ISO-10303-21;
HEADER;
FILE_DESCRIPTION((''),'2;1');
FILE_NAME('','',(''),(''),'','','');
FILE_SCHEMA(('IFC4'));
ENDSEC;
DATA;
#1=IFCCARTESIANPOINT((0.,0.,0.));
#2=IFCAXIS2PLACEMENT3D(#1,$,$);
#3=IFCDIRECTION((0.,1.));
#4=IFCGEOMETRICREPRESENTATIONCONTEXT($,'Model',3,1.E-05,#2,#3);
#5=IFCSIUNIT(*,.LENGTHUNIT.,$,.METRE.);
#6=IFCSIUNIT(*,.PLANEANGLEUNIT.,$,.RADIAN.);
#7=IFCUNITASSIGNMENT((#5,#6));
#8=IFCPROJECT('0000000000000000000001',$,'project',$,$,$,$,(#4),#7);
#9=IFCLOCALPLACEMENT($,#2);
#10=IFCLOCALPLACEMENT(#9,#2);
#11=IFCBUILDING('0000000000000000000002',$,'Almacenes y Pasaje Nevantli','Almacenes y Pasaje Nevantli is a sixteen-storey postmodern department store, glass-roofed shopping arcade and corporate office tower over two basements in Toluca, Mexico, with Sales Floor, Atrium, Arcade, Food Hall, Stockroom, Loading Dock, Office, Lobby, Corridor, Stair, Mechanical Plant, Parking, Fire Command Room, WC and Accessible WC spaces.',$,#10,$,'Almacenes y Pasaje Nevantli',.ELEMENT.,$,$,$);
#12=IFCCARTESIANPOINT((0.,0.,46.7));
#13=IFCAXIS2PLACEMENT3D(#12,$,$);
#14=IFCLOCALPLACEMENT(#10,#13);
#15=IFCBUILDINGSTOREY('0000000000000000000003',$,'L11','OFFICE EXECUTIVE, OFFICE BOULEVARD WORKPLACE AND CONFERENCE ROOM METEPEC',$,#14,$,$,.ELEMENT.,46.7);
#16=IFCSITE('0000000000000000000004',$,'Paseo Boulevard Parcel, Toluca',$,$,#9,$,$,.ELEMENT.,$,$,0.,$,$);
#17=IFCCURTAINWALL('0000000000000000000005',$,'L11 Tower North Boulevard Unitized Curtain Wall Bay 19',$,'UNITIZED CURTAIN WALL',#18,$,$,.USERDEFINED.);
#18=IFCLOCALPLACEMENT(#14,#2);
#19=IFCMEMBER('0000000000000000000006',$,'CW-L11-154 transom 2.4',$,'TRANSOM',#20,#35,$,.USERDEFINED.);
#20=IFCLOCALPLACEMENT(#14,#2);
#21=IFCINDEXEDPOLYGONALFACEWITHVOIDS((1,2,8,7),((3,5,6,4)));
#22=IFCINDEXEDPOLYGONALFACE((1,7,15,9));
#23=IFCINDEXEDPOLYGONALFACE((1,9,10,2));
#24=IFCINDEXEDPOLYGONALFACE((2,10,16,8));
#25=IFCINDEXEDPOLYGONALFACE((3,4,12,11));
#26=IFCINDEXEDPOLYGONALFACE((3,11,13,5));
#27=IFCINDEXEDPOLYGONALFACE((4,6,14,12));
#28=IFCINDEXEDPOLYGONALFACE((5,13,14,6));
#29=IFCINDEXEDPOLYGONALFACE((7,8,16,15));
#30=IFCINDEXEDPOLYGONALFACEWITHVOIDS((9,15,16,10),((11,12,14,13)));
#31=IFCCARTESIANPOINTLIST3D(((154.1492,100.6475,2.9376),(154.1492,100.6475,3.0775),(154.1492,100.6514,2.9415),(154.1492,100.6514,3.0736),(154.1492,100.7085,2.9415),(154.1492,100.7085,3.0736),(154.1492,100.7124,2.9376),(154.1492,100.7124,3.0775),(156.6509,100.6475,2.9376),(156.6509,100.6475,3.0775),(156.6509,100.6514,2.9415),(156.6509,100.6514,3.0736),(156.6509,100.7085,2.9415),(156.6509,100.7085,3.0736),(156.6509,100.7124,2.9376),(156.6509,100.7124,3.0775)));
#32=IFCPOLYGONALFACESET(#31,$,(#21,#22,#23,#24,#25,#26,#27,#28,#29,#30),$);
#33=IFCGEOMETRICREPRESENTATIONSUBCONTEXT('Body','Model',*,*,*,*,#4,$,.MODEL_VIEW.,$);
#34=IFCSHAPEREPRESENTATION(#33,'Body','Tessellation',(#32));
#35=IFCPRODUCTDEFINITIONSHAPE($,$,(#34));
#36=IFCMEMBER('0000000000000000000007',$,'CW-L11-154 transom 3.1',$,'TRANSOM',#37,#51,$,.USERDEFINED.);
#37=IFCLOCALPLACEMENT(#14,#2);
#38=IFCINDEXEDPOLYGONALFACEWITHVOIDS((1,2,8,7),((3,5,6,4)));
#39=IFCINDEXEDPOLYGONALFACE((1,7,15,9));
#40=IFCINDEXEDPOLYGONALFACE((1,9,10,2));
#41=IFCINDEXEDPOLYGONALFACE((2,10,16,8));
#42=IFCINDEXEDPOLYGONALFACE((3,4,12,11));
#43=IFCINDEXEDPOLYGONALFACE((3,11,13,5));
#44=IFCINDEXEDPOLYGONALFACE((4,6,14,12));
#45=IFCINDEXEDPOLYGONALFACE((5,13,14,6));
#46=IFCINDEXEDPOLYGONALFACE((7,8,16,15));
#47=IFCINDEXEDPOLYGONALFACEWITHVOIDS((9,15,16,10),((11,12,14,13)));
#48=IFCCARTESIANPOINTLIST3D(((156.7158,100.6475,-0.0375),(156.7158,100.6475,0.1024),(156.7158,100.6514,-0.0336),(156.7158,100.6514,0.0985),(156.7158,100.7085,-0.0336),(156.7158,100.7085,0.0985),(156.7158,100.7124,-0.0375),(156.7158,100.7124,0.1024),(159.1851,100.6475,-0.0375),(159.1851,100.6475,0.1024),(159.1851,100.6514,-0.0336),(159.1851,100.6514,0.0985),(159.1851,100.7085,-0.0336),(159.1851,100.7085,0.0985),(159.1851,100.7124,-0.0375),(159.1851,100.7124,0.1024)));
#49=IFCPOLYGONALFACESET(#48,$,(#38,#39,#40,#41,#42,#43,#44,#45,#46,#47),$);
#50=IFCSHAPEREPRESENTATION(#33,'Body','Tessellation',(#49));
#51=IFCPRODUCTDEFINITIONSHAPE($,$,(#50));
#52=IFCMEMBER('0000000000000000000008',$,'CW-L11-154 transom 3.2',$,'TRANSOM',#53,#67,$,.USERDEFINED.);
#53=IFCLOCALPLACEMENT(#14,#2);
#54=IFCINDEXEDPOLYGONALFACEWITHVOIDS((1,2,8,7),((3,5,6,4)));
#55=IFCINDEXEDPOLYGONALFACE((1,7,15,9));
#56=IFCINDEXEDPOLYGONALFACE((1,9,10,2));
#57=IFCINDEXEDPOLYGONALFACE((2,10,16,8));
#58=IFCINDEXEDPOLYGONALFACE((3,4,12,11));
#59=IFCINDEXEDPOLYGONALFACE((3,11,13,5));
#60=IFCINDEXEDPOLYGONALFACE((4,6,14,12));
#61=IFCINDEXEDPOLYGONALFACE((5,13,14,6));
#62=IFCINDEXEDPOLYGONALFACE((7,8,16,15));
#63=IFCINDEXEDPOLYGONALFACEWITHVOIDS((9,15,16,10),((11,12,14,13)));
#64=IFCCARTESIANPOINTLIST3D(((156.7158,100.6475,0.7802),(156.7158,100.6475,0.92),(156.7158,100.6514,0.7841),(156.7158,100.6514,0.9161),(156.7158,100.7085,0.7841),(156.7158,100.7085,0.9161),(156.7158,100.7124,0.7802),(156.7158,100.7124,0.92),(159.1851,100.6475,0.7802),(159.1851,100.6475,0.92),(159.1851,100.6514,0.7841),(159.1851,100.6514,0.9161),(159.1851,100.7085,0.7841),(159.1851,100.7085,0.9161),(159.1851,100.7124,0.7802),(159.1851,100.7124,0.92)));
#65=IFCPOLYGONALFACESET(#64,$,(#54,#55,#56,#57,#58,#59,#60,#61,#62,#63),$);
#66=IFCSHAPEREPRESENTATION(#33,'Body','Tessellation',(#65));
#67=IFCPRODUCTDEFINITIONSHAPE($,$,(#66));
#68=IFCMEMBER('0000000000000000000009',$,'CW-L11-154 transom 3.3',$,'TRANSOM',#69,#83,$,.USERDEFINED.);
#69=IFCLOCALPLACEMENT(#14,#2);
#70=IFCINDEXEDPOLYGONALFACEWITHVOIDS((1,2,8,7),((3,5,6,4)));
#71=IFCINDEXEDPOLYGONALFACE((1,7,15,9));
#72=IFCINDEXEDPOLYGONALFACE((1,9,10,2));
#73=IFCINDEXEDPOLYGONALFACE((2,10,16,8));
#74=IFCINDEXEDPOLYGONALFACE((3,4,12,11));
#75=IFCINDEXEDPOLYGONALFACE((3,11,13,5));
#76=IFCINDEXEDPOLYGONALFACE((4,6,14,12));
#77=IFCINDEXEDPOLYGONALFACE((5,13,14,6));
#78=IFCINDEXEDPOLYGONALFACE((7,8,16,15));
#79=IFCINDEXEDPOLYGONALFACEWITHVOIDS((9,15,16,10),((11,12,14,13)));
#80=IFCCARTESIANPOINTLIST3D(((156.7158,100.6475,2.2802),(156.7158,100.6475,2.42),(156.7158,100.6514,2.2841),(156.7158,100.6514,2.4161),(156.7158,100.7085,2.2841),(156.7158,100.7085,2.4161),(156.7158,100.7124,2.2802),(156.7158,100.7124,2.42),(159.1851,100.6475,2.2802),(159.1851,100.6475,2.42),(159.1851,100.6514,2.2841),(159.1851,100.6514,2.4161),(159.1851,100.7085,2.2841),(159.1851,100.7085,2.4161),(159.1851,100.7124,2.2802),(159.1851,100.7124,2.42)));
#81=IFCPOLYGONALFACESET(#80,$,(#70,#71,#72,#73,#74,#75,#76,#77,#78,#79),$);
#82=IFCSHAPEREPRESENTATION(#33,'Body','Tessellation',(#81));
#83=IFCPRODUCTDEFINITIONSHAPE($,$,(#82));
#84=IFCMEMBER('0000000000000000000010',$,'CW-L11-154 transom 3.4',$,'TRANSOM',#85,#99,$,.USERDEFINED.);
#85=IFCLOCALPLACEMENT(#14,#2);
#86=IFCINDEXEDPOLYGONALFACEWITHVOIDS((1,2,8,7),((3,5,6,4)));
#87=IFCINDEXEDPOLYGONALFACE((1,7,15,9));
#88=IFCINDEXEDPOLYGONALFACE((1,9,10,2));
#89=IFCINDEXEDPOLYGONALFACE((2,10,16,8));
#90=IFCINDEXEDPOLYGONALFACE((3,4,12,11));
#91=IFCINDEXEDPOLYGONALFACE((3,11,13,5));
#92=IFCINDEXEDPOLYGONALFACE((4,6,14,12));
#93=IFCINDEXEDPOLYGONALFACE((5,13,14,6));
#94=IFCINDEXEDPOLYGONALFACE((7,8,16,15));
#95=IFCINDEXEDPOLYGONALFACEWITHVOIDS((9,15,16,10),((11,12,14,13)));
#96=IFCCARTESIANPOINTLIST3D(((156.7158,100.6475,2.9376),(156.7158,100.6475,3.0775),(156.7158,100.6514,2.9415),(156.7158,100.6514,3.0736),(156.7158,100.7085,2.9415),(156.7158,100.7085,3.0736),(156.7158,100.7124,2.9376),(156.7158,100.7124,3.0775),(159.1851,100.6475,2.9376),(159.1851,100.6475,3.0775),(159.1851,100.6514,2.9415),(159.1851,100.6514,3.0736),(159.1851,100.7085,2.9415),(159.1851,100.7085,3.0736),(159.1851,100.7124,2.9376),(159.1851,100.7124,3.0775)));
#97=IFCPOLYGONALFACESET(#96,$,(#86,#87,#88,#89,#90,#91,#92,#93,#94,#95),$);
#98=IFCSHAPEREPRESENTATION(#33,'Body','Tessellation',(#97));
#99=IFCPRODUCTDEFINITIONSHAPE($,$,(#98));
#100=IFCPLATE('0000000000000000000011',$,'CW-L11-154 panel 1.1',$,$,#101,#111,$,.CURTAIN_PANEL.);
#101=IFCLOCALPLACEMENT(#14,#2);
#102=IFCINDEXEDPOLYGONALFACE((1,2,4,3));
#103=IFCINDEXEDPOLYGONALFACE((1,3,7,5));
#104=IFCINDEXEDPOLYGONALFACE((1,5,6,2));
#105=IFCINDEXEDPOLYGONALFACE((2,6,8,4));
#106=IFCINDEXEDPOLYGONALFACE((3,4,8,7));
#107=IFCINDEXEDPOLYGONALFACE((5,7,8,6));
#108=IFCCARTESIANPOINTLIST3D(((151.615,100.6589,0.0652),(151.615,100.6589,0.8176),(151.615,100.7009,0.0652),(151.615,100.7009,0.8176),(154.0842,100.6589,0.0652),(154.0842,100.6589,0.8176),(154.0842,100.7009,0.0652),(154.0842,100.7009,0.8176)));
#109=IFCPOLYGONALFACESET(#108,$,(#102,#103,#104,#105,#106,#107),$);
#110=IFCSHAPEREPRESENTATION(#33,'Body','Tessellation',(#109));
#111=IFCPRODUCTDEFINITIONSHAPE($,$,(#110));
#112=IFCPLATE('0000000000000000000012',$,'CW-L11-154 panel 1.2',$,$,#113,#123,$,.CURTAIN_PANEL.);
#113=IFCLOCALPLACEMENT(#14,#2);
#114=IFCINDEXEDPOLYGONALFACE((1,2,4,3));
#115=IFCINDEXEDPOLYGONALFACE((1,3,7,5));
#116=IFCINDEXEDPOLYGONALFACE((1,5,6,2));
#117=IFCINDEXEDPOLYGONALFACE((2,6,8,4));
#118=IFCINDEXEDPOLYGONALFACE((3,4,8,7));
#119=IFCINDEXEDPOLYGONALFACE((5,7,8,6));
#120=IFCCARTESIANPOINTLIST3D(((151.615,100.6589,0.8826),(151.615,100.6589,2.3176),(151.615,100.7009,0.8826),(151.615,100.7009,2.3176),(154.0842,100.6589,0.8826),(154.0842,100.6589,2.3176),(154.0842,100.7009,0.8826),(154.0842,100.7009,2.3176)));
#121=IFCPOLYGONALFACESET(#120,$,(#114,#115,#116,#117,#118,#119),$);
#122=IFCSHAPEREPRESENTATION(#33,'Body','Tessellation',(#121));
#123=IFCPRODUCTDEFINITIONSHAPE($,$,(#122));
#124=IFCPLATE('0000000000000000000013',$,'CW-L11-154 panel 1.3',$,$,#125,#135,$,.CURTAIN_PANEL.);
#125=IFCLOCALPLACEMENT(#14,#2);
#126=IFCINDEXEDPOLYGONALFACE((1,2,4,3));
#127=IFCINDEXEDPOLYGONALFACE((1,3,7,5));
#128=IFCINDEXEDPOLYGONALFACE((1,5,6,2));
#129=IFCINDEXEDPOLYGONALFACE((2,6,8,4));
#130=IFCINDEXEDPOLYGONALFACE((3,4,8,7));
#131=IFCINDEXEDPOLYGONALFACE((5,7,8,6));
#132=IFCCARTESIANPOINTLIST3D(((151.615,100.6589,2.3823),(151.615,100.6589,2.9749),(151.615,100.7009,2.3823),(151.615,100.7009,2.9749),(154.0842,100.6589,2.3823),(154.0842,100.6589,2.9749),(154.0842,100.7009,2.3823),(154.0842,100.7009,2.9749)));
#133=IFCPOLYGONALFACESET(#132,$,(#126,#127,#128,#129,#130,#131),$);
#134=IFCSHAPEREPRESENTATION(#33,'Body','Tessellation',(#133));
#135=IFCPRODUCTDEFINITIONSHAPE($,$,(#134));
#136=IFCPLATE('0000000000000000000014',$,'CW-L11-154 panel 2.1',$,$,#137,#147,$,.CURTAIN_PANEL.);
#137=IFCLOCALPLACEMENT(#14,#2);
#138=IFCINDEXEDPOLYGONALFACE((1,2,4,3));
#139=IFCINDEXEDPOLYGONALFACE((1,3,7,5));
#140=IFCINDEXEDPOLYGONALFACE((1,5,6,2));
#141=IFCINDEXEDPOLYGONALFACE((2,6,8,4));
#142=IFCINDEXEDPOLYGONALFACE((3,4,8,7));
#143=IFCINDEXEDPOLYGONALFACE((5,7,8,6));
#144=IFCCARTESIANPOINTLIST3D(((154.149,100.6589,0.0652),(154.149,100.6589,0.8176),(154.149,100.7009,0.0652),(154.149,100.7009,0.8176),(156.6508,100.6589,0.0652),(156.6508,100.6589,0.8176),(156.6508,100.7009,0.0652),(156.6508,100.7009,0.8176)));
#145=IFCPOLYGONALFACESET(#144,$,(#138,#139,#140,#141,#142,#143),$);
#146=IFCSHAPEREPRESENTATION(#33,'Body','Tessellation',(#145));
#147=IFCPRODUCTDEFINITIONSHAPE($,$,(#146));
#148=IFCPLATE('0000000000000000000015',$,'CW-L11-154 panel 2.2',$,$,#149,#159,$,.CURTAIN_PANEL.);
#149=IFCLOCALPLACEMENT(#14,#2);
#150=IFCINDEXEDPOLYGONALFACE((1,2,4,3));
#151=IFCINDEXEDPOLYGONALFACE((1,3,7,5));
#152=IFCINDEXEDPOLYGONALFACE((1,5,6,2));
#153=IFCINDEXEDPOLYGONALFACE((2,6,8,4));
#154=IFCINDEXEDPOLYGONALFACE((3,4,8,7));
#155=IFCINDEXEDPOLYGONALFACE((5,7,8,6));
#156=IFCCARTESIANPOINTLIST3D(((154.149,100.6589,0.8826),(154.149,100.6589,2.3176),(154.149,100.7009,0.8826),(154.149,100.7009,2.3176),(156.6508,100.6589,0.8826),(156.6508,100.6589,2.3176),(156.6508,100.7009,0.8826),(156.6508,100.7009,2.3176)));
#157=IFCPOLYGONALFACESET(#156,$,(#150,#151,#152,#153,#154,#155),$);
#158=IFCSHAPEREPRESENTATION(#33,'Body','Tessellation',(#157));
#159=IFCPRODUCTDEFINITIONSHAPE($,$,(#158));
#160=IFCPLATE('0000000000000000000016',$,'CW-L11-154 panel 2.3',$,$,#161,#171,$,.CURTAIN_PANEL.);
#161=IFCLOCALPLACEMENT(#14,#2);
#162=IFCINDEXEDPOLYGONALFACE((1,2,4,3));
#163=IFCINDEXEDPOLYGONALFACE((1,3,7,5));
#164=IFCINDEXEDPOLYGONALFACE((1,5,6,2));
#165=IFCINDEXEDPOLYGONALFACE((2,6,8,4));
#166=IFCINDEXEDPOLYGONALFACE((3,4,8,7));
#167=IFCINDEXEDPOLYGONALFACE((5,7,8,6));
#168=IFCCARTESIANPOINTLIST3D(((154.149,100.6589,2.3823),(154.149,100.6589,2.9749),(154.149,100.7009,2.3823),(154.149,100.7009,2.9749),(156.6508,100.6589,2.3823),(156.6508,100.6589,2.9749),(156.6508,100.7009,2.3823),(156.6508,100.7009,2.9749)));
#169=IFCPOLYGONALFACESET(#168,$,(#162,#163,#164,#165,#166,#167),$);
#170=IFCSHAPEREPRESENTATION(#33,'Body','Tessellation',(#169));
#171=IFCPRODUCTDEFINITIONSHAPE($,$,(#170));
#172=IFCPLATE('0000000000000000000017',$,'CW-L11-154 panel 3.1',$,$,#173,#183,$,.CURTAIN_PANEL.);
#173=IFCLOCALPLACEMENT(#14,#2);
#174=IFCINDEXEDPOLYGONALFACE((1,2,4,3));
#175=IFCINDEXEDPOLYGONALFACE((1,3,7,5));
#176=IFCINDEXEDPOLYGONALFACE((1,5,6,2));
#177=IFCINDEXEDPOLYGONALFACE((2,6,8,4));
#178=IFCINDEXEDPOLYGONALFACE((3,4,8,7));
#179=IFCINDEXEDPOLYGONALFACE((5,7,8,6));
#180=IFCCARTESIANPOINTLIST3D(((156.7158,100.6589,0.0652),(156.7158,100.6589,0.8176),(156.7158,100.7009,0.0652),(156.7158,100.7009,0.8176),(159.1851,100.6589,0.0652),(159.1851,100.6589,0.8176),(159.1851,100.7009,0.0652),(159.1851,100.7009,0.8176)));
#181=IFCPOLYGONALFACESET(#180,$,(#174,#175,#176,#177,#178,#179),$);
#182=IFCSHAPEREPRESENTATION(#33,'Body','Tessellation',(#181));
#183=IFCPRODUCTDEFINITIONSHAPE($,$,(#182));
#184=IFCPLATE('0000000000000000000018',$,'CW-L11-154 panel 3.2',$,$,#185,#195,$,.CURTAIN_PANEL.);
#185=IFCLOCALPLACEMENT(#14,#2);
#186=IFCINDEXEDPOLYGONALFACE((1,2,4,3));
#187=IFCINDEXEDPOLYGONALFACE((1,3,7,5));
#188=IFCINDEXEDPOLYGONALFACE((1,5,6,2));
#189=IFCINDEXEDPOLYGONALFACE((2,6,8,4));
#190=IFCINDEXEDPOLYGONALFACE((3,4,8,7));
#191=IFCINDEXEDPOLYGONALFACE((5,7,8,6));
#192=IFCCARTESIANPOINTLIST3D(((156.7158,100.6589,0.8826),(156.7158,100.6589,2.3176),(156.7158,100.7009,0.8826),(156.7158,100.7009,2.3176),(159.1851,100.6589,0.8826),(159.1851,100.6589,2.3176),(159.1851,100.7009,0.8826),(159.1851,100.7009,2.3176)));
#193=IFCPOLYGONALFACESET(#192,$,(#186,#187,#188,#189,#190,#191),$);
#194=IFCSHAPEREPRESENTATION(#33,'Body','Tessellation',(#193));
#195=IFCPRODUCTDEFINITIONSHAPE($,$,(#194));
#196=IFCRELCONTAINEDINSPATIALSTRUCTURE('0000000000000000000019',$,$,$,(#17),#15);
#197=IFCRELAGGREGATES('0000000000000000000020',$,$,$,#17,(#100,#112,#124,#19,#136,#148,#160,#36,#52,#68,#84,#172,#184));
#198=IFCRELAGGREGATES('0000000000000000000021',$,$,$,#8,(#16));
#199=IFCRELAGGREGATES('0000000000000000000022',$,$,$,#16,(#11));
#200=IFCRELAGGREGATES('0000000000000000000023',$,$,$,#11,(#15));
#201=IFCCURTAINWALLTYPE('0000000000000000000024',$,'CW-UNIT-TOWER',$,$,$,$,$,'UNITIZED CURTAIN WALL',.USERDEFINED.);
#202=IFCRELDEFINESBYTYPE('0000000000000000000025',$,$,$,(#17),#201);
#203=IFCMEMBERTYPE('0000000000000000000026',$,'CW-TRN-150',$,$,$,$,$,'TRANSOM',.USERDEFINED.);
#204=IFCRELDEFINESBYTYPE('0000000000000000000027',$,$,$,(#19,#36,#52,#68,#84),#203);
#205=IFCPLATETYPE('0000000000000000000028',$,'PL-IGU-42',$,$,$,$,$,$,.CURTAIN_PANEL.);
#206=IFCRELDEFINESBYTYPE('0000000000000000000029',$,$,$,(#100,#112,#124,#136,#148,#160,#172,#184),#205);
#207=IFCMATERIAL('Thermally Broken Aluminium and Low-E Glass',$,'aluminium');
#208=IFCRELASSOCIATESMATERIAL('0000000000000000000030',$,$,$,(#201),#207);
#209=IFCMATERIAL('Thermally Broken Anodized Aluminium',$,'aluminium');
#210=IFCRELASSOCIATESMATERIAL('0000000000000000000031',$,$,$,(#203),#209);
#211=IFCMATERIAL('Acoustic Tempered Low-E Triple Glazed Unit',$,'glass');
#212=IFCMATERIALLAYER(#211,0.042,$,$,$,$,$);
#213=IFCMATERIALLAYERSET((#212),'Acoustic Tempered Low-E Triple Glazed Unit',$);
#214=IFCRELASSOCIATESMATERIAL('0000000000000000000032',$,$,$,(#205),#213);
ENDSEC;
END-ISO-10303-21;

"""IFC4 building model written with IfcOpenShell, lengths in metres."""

from ifc_helpers import new_model, si_unit, direction, frame, origin, origin_2d, place, context, subcontext, project, spatial, rectangle, hollow_rectangle, extrude, material, layer, layer_set, material_profile, profile_set, type_object, element, aggregate, save


model = new_model("IFC4")

# Units and contexts
model_context = context("Model", 3, precision=1e-05, world=origin(), true_north=direction((0.0, 1.0)))
body_context = subcontext(model_context, "Body", "Model", "MODEL_VIEW")
ifc_project = project(units=[si_unit("LENGTHUNIT", "METRE"), si_unit("PLANEANGLEUNIT", "RADIAN")], contexts=[model_context])

# Site, building, storey
site_placement = place(None, origin())
site = spatial("IfcSite", under=ifc_project, at=site_placement, Name="Paseo Boulevard Parcel, Toluca", CompositionType="ELEMENT", RefElevation=0.0)
building_placement = place(site_placement, origin())
building = spatial("IfcBuilding", under=site, at=building_placement, Name="Almacenes y Pasaje Nevantli", Description="Almacenes y Pasaje Nevantli is a sixteen-storey postmodern department store, glass-roofed shopping arcade and corporate office tower over two basements in Toluca, Mexico, with Sales Floor, Atrium, Arcade, Food Hall, Stockroom, Loading Dock, Office, Lobby, Corridor, Stair, Mechanical Plant, Parking, Fire Command Room, WC and Accessible WC spaces.", LongName="Almacenes y Pasaje Nevantli", CompositionType="ELEMENT")
storey_placement = place(building_placement, frame((0.0, 0.0, 46.7)))
storey = spatial("IfcBuildingStorey", under=building, at=storey_placement, Name="L11", Description="OFFICE EXECUTIVE, OFFICE BOULEVARD WORKPLACE AND CONFERENCE ROOM METEPEC", CompositionType="ELEMENT", Elevation=46.7)

# Shared definitions
ifc_material_1 = material(Name="Thermally Broken Aluminium and Low-E Glass", Category="aluminium")
curtain_wall_type = type_object("IfcCurtainWallType", Name="CW-UNIT-TOWER", ElementType="UNITIZED CURTAIN WALL", PredefinedType="USERDEFINED", material=ifc_material_1)

# Curtain wall, members, plates
curtain_wall_1_placement = place(storey_placement, origin())
curtain_wall_1 = element("IfcCurtainWall", 1, at=curtain_wall_1_placement, inside=storey, type_object=curtain_wall_type, Name="L11 Tower North Boulevard Unitized Curtain Wall Bay 19", ObjectType="UNITIZED CURTAIN WALL", PredefinedType="USERDEFINED")
ifc_material_2 = material(Name="Thermally Broken Anodized Aluminium", Category="aluminium")
ifc_material_profile_1 = material_profile(ifc_material_2, hollow_rectangle(XDim=0.0649, YDim=0.1399, WallThickness=0.0039, at=origin_2d()), Name="ALU-TRN-65x140")
ifc_profile_set_1 = profile_set([ifc_material_profile_1], Name="Thermally Broken Anodized Aluminium")
member_type_1 = type_object("IfcMemberType", Name="CW-TRN-150", ElementType="TRANSOM", PredefinedType="USERDEFINED", material=ifc_profile_set_1)
member_1_placement = place(storey_placement, frame((154.1492, 100.6799, 3.0076), z_axis=(1.0, 0.0, 0.0), x_axis=(0.0, 1.0, 0.0)))
member_1 = element("IfcMember", 2, at=member_1_placement, type_object=member_type_1, Name="CW-L11-154 transom 2.4", ObjectType="TRANSOM", PredefinedType="USERDEFINED", context=body_context, shape_type="SweptSolid", body=[
    extrude(hollow_rectangle(XDim=0.0649, YDim=0.1399, WallThickness=0.0039, at=origin_2d()), origin(), (0.0, 0.0, 1.0), 2.5017),
])
member_2_placement = place(storey_placement, frame((156.7158, 100.6799, 0.0325), z_axis=(1.0, 0.0, 0.0), x_axis=(0.0, 1.0, 0.0)))
member_2 = element("IfcMember", 3, at=member_2_placement, type_object=member_type_1, Name="CW-L11-154 transom 3.1", ObjectType="TRANSOM", PredefinedType="USERDEFINED", context=body_context, shape_type="SweptSolid", body=[
    extrude(hollow_rectangle(XDim=0.0649, YDim=0.1399, WallThickness=0.0039, at=origin_2d()), origin(), (0.0, 0.0, 1.0), 2.4692),
])
member_3_placement = place(storey_placement, frame((156.7158, 100.6799, 0.8501), z_axis=(1.0, 0.0, 0.0), x_axis=(0.0, 1.0, 0.0)))
member_3 = element("IfcMember", 4, at=member_3_placement, type_object=member_type_1, Name="CW-L11-154 transom 3.2", ObjectType="TRANSOM", PredefinedType="USERDEFINED", context=body_context, shape_type="SweptSolid", body=[
    extrude(hollow_rectangle(XDim=0.0649, YDim=0.1399, WallThickness=0.0039, at=origin_2d()), origin(), (0.0, 0.0, 1.0), 2.4692),
])
member_4_placement = place(storey_placement, frame((156.7158, 100.6799, 2.3501), z_axis=(1.0, 0.0, 0.0), x_axis=(0.0, 1.0, 0.0)))
member_4 = element("IfcMember", 5, at=member_4_placement, type_object=member_type_1, Name="CW-L11-154 transom 3.3", ObjectType="TRANSOM", PredefinedType="USERDEFINED", context=body_context, shape_type="SweptSolid", body=[
    extrude(hollow_rectangle(XDim=0.0649, YDim=0.1399, WallThickness=0.0039, at=origin_2d()), origin(), (0.0, 0.0, 1.0), 2.4692),
])
member_5_placement = place(storey_placement, frame((156.7158, 100.6799, 3.0076), z_axis=(1.0, 0.0, 0.0), x_axis=(0.0, 1.0, 0.0)))
member_5 = element("IfcMember", 6, at=member_5_placement, type_object=member_type_1, Name="CW-L11-154 transom 3.4", ObjectType="TRANSOM", PredefinedType="USERDEFINED", context=body_context, shape_type="SweptSolid", body=[
    extrude(hollow_rectangle(XDim=0.0649, YDim=0.1399, WallThickness=0.0039, at=origin_2d()), origin(), (0.0, 0.0, 1.0), 2.4692),
])
ifc_material_3 = material(Name="Acoustic Tempered Low-E Triple Glazed Unit", Category="glass")
ifc_layer = layer(ifc_material_3, 0.042)
ifc_layer_set = layer_set([ifc_layer], Name="Acoustic Tempered Low-E Triple Glazed Unit")
plate_type = type_object("IfcPlateType", Name="PL-IGU-42", PredefinedType="CURTAIN_PANEL", material=ifc_layer_set)
plate_1_placement = place(storey_placement, frame((152.8496, 100.6799, 0.0652), z_axis=(0.0, 0.0, 1.0), x_axis=(1.0, 0.0, 0.0)))
plate_1 = element("IfcPlate", 7, at=plate_1_placement, type_object=plate_type, Name="CW-L11-154 panel 1.1", PredefinedType="CURTAIN_PANEL", context=body_context, shape_type="SweptSolid", body=[
    extrude(rectangle(XDim=2.4692, YDim=0.042, at=origin_2d()), origin(), (0.0, 0.0, 1.0), 0.7524),
])
plate_2_placement = place(storey_placement, frame((152.8496, 100.6799, 0.8826), z_axis=(0.0, 0.0, 1.0), x_axis=(1.0, 0.0, 0.0)))
plate_2 = element("IfcPlate", 8, at=plate_2_placement, type_object=plate_type, Name="CW-L11-154 panel 1.2", PredefinedType="CURTAIN_PANEL", context=body_context, shape_type="SweptSolid", body=[
    extrude(rectangle(XDim=2.4692, YDim=0.042, at=origin_2d()), origin(), (0.0, 0.0, 1.0), 1.4351),
])
plate_3_placement = place(storey_placement, frame((152.8496, 100.6799, 2.3823), z_axis=(0.0, 0.0, 1.0), x_axis=(1.0, 0.0, 0.0)))
plate_3 = element("IfcPlate", 9, at=plate_3_placement, type_object=plate_type, Name="CW-L11-154 panel 1.3", PredefinedType="CURTAIN_PANEL", context=body_context, shape_type="SweptSolid", body=[
    extrude(rectangle(XDim=2.4692, YDim=0.042, at=origin_2d()), origin(), (0.0, 0.0, 1.0), 0.5925),
])
plate_4_placement = place(storey_placement, frame((155.3999, 100.6799, 0.0652), z_axis=(0.0, 0.0, 1.0), x_axis=(1.0, 0.0, 0.0)))
plate_4 = element("IfcPlate", 10, at=plate_4_placement, type_object=plate_type, Name="CW-L11-154 panel 2.1", PredefinedType="CURTAIN_PANEL", context=body_context, shape_type="SweptSolid", body=[
    extrude(rectangle(XDim=2.5017, YDim=0.042, at=origin_2d()), origin(), (0.0, 0.0, 1.0), 0.7524),
])
plate_5_placement = place(storey_placement, frame((155.3999, 100.6799, 0.8826), z_axis=(0.0, 0.0, 1.0), x_axis=(1.0, 0.0, 0.0)))
plate_5 = element("IfcPlate", 11, at=plate_5_placement, type_object=plate_type, Name="CW-L11-154 panel 2.2", PredefinedType="CURTAIN_PANEL", context=body_context, shape_type="SweptSolid", body=[
    extrude(rectangle(XDim=2.5017, YDim=0.042, at=origin_2d()), origin(), (0.0, 0.0, 1.0), 1.4351),
])
plate_6_placement = place(storey_placement, frame((155.3999, 100.6799, 2.3823), z_axis=(0.0, 0.0, 1.0), x_axis=(1.0, 0.0, 0.0)))
plate_6 = element("IfcPlate", 12, at=plate_6_placement, type_object=plate_type, Name="CW-L11-154 panel 2.3", PredefinedType="CURTAIN_PANEL", context=body_context, shape_type="SweptSolid", body=[
    extrude(rectangle(XDim=2.5017, YDim=0.042, at=origin_2d()), origin(), (0.0, 0.0, 1.0), 0.5925),
])
plate_7_placement = place(storey_placement, frame((157.9504, 100.6799, 0.0652), z_axis=(0.0, 0.0, 1.0), x_axis=(1.0, 0.0, 0.0)))
plate_7 = element("IfcPlate", 13, at=plate_7_placement, type_object=plate_type, Name="CW-L11-154 panel 3.1", PredefinedType="CURTAIN_PANEL", context=body_context, shape_type="SweptSolid", body=[
    extrude(rectangle(XDim=2.4692, YDim=0.042, at=origin_2d()), origin(), (0.0, 0.0, 1.0), 0.7524),
])
plate_8_placement = place(storey_placement, frame((157.9504, 100.6799, 0.8826), z_axis=(0.0, 0.0, 1.0), x_axis=(1.0, 0.0, 0.0)))
plate_8 = element("IfcPlate", 14, at=plate_8_placement, type_object=plate_type, Name="CW-L11-154 panel 3.2", PredefinedType="CURTAIN_PANEL", context=body_context, shape_type="SweptSolid", body=[
    extrude(rectangle(XDim=2.4692, YDim=0.042, at=origin_2d()), origin(), (0.0, 0.0, 1.0), 1.4351),
])
aggregate(curtain_wall_1, [plate_1, plate_2, plate_3, member_1, plate_4, plate_5, plate_6, member_2, member_3, member_4, member_5, plate_7, plate_8])

save(model, "model.ifc")
